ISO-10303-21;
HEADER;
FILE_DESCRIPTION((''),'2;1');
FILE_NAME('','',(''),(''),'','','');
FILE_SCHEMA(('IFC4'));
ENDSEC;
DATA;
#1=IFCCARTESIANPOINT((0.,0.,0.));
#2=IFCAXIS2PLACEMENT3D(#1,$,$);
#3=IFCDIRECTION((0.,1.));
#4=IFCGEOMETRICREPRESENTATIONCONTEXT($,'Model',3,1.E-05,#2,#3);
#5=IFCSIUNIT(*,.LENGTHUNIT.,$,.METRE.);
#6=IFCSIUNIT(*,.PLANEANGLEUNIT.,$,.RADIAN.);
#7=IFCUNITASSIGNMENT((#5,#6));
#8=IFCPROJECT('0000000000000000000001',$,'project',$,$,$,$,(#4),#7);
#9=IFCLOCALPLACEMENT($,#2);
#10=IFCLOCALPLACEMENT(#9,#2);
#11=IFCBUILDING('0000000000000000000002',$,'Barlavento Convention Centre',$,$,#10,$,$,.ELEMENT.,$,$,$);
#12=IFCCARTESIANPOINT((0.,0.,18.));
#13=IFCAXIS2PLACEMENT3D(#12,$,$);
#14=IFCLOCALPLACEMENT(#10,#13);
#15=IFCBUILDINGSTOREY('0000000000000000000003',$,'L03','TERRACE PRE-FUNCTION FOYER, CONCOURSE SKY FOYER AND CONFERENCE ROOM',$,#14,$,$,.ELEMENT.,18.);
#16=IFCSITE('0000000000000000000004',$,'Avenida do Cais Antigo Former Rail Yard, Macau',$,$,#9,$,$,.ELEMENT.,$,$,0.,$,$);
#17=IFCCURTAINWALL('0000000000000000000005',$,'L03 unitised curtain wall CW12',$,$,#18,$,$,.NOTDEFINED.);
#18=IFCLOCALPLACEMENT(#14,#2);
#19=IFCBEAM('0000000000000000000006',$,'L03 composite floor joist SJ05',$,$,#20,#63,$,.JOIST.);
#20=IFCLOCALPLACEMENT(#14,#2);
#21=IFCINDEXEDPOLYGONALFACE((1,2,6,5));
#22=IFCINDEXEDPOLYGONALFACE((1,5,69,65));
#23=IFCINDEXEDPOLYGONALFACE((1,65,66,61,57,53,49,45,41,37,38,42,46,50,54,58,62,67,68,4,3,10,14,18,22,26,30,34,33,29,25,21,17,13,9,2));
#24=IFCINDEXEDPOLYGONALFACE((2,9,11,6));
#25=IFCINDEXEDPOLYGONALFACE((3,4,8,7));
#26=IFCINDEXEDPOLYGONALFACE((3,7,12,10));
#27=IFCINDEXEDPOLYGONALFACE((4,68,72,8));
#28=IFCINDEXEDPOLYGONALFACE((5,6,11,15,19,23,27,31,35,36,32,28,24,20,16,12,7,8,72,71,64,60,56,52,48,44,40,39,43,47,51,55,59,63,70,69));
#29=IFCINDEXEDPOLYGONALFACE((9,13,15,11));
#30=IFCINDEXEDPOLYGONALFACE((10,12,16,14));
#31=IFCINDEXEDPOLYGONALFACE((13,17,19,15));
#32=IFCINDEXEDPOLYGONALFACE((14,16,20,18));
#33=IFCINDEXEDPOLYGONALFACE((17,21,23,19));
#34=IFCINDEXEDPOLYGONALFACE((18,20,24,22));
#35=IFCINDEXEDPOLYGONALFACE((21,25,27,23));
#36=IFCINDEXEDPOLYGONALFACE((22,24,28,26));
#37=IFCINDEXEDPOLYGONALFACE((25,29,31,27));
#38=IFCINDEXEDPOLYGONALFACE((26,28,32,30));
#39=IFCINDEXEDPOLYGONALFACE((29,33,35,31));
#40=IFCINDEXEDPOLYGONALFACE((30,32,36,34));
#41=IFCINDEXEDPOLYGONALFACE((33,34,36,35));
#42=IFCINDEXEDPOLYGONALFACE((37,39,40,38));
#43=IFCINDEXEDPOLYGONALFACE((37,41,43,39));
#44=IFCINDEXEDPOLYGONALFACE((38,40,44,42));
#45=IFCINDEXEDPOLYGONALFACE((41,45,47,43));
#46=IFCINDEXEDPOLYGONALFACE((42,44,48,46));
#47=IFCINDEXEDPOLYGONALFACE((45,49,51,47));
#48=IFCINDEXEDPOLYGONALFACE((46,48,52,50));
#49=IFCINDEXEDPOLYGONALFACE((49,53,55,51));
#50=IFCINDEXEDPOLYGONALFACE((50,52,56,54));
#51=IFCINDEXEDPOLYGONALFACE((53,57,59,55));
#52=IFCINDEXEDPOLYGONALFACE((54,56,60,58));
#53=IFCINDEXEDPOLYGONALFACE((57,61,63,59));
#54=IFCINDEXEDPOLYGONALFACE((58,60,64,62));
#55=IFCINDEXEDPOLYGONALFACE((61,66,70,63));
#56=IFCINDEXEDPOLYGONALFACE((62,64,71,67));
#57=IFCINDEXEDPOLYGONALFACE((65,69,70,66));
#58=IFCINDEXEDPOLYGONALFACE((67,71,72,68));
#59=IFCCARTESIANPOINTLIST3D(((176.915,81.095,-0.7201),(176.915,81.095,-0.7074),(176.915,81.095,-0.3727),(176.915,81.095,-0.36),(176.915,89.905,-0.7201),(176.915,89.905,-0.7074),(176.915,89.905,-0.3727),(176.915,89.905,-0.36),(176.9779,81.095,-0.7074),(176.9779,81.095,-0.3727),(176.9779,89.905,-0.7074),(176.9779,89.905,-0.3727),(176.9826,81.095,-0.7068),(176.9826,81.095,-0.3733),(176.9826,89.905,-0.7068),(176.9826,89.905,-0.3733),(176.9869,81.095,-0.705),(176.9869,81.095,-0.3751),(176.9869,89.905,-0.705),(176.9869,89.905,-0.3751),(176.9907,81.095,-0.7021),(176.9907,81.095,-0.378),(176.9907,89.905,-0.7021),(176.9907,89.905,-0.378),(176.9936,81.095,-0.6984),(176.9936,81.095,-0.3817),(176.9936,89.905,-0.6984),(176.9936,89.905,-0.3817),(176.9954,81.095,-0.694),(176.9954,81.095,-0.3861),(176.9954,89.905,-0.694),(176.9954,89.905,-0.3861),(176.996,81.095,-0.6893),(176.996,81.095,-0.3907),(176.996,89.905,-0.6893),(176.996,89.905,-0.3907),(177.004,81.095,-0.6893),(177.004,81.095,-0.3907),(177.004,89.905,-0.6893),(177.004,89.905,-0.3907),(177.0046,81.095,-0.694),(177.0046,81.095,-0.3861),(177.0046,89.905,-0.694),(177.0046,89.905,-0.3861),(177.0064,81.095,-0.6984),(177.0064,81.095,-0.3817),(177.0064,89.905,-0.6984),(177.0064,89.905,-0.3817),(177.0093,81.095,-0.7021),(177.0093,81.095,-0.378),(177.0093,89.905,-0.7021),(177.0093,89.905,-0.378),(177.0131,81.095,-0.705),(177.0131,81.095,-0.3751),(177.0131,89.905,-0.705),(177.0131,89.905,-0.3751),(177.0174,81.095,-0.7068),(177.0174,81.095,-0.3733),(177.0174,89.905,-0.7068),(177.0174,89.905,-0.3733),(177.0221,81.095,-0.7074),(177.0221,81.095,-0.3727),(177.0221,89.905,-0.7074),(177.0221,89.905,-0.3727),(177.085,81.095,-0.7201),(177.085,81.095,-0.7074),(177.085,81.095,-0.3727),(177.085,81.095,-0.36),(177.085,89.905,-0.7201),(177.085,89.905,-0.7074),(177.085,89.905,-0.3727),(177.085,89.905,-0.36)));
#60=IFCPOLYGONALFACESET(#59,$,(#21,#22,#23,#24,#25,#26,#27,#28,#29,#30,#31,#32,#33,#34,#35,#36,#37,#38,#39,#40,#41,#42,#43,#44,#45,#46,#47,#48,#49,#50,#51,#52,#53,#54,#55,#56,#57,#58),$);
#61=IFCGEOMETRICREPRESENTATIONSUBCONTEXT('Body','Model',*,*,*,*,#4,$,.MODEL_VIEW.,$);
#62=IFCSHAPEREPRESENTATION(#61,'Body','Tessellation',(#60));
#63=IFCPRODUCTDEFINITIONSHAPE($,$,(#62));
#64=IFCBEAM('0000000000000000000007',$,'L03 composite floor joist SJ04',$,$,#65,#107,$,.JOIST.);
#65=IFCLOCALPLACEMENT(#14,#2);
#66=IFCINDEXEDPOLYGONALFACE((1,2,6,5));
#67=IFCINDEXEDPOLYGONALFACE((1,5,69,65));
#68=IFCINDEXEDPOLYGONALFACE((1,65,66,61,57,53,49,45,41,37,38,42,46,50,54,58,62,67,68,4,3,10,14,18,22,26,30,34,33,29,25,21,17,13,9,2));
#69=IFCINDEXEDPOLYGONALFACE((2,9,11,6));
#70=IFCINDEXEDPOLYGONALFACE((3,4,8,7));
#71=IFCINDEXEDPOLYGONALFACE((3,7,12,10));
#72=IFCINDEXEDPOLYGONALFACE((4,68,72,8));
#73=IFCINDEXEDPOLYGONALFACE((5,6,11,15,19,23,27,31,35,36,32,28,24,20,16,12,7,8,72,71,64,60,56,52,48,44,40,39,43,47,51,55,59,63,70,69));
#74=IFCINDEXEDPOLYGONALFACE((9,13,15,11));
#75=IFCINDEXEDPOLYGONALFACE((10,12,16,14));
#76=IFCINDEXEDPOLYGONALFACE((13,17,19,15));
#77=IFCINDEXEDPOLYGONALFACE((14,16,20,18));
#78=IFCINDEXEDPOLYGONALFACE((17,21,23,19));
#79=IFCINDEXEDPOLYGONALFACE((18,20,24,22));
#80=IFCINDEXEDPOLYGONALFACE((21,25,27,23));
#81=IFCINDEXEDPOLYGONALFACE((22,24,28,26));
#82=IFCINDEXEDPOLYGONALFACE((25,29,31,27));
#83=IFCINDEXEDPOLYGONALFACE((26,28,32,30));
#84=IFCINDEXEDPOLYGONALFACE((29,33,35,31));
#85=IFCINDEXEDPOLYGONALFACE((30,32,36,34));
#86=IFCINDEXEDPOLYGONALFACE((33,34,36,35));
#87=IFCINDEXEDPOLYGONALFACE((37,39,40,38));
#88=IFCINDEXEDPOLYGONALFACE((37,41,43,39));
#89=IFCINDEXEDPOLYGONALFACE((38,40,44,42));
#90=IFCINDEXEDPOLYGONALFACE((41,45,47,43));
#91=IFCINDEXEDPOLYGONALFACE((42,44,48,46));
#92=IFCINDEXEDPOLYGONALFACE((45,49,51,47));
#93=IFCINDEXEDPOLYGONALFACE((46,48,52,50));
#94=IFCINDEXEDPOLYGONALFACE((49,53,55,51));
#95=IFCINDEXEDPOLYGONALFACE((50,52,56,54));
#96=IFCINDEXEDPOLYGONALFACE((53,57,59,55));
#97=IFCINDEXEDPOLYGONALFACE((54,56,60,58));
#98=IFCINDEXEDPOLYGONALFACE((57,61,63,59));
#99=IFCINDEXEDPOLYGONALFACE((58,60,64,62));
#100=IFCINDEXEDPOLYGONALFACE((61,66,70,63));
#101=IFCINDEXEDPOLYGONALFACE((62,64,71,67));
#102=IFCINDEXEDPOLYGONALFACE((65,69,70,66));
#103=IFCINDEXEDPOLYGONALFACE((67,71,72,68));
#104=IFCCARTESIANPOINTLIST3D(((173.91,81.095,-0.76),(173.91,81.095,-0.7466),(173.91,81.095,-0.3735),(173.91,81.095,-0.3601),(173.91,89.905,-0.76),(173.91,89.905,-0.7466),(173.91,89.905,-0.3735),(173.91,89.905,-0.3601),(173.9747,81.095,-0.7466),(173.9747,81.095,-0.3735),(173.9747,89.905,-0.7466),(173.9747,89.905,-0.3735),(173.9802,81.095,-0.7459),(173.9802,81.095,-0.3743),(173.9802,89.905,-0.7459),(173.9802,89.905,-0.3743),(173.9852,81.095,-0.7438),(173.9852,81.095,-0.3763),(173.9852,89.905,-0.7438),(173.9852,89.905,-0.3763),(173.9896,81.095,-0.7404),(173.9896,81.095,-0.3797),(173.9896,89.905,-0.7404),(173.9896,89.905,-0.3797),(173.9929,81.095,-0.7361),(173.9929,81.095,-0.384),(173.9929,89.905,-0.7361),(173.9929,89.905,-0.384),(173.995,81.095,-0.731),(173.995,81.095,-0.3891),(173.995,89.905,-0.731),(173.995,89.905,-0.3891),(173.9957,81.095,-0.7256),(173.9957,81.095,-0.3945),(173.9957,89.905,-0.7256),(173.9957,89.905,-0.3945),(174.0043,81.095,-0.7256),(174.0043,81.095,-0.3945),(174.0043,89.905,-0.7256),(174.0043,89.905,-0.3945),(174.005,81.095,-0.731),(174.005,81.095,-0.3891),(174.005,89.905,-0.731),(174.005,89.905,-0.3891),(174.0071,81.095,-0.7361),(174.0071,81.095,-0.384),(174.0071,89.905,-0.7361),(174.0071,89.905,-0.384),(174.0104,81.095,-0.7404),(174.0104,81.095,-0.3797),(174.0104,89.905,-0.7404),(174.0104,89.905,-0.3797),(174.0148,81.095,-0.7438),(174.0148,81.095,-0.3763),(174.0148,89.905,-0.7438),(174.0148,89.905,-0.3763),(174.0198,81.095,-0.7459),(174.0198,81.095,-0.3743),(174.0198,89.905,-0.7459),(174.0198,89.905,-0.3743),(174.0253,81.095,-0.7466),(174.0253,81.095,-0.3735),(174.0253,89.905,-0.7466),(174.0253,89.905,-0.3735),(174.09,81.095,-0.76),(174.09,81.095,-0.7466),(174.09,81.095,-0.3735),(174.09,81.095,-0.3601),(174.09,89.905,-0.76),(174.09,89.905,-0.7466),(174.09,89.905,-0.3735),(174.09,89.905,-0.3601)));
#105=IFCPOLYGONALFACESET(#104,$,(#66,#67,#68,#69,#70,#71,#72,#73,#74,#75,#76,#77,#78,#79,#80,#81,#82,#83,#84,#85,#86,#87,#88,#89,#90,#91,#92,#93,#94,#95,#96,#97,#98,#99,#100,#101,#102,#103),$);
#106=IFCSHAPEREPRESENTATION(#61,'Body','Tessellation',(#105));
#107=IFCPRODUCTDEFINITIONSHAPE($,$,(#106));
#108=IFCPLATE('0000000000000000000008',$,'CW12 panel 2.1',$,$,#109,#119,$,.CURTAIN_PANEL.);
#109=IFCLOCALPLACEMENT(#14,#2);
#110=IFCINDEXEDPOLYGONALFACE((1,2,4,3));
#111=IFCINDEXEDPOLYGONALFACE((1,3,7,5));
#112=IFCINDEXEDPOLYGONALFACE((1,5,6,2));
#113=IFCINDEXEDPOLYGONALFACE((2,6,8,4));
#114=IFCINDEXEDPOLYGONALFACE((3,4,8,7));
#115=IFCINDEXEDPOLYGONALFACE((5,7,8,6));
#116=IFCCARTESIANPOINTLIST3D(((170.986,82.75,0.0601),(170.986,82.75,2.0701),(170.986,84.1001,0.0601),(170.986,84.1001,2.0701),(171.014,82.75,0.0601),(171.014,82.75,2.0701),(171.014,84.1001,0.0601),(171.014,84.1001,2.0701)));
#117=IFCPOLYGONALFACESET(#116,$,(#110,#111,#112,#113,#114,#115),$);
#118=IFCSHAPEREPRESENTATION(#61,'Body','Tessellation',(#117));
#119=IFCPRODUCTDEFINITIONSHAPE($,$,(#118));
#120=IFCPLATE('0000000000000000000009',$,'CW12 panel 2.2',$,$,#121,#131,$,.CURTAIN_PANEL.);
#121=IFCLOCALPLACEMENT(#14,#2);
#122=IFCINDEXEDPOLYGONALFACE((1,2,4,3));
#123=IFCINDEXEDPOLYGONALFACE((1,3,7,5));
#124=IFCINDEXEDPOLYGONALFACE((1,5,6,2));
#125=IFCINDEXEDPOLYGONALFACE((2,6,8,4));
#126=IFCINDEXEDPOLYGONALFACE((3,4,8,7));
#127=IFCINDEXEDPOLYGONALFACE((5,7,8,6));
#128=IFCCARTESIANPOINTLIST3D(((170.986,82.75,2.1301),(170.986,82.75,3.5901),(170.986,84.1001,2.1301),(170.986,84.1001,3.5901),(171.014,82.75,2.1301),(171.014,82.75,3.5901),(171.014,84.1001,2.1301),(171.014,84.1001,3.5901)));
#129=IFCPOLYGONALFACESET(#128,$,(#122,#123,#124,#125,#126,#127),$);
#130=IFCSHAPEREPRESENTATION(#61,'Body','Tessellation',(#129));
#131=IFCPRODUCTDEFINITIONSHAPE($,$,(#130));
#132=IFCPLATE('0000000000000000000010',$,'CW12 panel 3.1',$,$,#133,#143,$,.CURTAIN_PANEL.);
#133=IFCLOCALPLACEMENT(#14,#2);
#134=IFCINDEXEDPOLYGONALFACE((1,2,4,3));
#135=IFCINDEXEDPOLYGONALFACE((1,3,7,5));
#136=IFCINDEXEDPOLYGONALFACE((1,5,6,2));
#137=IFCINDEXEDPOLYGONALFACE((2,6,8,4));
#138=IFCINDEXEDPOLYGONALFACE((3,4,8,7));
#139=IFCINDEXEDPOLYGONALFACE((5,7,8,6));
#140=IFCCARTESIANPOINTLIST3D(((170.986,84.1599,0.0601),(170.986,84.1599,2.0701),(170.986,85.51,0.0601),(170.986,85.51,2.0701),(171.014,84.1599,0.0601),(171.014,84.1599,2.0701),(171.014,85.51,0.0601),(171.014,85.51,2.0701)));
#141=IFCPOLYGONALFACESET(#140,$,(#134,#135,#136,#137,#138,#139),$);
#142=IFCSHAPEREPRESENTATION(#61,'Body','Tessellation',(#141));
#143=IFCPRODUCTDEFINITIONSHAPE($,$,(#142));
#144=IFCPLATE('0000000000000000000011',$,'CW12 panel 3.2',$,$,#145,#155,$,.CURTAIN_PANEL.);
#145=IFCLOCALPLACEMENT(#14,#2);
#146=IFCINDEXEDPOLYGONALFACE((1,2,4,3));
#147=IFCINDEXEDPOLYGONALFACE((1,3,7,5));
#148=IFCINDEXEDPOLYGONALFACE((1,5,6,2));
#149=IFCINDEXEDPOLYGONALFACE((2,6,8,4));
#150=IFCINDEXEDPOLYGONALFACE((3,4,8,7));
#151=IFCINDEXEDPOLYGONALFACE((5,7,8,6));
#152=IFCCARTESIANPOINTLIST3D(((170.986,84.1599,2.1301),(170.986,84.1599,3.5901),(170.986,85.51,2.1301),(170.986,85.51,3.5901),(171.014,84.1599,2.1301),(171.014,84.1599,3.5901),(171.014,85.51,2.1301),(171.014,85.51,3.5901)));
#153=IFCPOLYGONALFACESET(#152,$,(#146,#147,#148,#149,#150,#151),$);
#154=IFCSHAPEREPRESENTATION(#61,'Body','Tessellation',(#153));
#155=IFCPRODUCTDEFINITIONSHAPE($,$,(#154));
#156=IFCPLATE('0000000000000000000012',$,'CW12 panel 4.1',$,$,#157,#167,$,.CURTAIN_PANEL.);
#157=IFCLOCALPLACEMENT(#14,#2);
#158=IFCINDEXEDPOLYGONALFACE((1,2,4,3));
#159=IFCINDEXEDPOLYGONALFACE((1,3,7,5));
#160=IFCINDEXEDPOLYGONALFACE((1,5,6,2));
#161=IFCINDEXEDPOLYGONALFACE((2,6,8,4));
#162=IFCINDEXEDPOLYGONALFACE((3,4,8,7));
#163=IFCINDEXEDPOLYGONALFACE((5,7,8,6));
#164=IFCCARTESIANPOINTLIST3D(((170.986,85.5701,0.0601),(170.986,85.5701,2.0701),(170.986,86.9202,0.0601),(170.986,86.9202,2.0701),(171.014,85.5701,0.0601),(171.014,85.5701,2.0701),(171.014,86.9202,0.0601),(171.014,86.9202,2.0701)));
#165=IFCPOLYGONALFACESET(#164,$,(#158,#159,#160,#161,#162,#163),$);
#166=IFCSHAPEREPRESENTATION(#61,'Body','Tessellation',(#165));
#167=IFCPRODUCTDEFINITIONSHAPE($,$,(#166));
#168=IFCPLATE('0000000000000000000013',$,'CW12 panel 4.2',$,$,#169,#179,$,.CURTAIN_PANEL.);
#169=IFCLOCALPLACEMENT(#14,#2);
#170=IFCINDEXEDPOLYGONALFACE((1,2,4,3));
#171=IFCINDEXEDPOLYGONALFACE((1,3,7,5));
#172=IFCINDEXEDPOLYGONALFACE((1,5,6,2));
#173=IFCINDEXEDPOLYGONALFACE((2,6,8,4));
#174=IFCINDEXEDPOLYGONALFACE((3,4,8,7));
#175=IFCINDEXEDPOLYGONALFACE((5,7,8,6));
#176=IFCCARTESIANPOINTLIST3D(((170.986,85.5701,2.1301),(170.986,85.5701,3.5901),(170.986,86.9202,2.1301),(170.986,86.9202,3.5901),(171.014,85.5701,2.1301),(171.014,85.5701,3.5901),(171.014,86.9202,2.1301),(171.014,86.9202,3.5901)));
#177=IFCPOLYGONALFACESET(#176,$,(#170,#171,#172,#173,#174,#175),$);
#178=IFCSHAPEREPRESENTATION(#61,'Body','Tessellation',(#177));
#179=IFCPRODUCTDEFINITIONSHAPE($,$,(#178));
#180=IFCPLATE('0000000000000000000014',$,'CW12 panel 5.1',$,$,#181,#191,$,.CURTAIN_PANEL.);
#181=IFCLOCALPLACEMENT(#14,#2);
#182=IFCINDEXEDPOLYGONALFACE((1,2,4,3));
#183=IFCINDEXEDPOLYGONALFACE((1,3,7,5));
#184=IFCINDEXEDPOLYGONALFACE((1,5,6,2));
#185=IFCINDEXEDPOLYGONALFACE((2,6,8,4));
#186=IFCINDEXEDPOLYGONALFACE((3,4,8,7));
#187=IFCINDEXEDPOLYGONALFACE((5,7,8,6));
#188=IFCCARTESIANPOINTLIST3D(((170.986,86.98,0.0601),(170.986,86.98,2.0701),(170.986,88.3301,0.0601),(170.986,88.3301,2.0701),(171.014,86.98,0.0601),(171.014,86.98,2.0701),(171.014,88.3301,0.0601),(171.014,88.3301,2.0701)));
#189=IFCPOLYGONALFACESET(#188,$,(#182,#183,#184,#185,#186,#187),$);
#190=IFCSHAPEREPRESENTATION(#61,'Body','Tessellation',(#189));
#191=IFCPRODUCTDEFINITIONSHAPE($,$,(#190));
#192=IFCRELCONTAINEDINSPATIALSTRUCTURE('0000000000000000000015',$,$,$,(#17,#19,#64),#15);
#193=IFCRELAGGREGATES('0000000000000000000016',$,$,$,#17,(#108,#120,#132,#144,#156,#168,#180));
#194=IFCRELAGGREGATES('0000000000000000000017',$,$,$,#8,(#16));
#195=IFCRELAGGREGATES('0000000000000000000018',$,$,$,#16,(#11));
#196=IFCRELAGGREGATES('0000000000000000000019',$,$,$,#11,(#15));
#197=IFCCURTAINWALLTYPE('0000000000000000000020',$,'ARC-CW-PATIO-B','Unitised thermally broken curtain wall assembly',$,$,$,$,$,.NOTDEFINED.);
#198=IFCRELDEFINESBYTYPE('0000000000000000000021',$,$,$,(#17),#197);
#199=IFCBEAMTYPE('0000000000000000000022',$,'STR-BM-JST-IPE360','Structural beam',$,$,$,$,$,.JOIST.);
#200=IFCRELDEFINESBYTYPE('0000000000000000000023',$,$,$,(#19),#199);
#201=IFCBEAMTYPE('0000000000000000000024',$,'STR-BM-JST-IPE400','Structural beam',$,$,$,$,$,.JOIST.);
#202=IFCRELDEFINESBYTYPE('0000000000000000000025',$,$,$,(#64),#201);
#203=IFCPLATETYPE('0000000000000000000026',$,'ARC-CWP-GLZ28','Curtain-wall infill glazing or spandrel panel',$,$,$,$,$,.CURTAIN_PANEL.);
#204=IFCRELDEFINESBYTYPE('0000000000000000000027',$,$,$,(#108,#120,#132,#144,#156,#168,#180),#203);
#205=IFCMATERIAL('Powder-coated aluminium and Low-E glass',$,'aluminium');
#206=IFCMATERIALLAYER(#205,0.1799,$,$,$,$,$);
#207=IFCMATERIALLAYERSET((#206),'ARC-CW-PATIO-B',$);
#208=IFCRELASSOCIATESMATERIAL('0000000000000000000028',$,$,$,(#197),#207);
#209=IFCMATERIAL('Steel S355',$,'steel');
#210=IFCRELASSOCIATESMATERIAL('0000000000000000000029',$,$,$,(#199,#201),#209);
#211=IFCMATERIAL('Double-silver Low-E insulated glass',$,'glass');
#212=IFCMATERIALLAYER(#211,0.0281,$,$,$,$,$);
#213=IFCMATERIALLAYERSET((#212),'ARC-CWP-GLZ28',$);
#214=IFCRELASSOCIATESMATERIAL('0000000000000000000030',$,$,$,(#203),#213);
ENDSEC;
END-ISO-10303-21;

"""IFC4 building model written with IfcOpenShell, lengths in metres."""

from ifc_helpers import new_model, si_unit, direction, frame, origin, origin_2d, place, context, subcontext, project, spatial, rectangle, i_section, extrude, material, layer, layer_set, material_profile, profile_set, type_object, element, aggregate, save


model = new_model("IFC4")

# Units and contexts
model_context = context("Model", 3, precision=1e-05, world=origin(), true_north=direction((0.0, 1.0)))
body_context = subcontext(model_context, "Body", "Model", "MODEL_VIEW")
ifc_project = project(units=[si_unit("LENGTHUNIT", "METRE"), si_unit("PLANEANGLEUNIT", "RADIAN")], contexts=[model_context])

# Site, building, storey
site_placement = place(None, origin())
site = spatial("IfcSite", under=ifc_project, at=site_placement, Name="Avenida do Cais Antigo Former Rail Yard, Macau", CompositionType="ELEMENT", RefElevation=0.0)
building_placement = place(site_placement, origin())
building = spatial("IfcBuilding", under=site, at=building_placement, Name="Barlavento Convention Centre", CompositionType="ELEMENT")
storey_placement = place(building_placement, frame((0.0, 0.0, 18.0)))
storey = spatial("IfcBuildingStorey", under=building, at=storey_placement, Name="L03", Description="TERRACE PRE-FUNCTION FOYER, CONCOURSE SKY FOYER AND CONFERENCE ROOM", CompositionType="ELEMENT", Elevation=18.0)

# Curtain wall
ifc_material_1 = material(Name="Powder-coated aluminium and Low-E glass", Category="aluminium")
ifc_layer_1 = layer(ifc_material_1, 0.1799)
ifc_layer_set_1 = layer_set([ifc_layer_1], Name="ARC-CW-PATIO-B")
curtain_wall_type = type_object("IfcCurtainWallType", Name="ARC-CW-PATIO-B", Description="Unitised thermally broken curtain wall assembly", PredefinedType="NOTDEFINED", material=ifc_layer_set_1)
curtain_wall_placement = place(storey_placement, origin())
curtain_wall = element("IfcCurtainWall", 1, at=curtain_wall_placement, inside=storey, type_object=curtain_wall_type, Name="L03 unitised curtain wall CW12", PredefinedType="NOTDEFINED")

# Beams
ifc_material_2 = material(Name="Steel S355", Category="steel")
ifc_material_profile_1 = material_profile(ifc_material_2, i_section(OverallWidth=0.1699, OverallDepth=0.3601, WebThickness=0.0081, FlangeThickness=0.0127, FilletRadius=0.0181, at=origin_2d()), Name="IPE 360")
ifc_profile_set_1 = profile_set([ifc_material_profile_1], Name="Steel S355")
beam_type_1 = type_object("IfcBeamType", Name="STR-BM-JST-IPE360", Description="Structural beam", PredefinedType="JOIST", material=ifc_profile_set_1)
beam_1_placement = place(storey_placement, frame((177.0, 81.095, -0.54), z_axis=(0.0, 1.0, 0.0), x_axis=(-1.0, 0.0, 0.0)))
element("IfcBeam", 2, at=beam_1_placement, inside=storey, type_object=beam_type_1, Name="L03 composite floor joist SJ05", PredefinedType="JOIST", context=body_context, shape_type="SweptSolid", body=[
    extrude(i_section(OverallWidth=0.1699, OverallDepth=0.3601, WebThickness=0.0081, FlangeThickness=0.0127, FilletRadius=0.0181, at=origin_2d()), origin(), (0.0, 0.0, 1.0), 8.8101),
])
ifc_material_profile_2 = material_profile(ifc_material_2, i_section(OverallWidth=0.1799, OverallDepth=0.3999, WebThickness=0.0085, FlangeThickness=0.0134, FilletRadius=0.021, at=origin_2d()), Name="IPE 400")
ifc_profile_set_2 = profile_set([ifc_material_profile_2], Name="Steel S355")
beam_type_2 = type_object("IfcBeamType", Name="STR-BM-JST-IPE400", Description="Structural beam", PredefinedType="JOIST", material=ifc_profile_set_2)
beam_2_placement = place(storey_placement, frame((174.0, 81.095, -0.5601), z_axis=(0.0, 1.0, 0.0), x_axis=(-1.0, 0.0, 0.0)))
element("IfcBeam", 3, at=beam_2_placement, inside=storey, type_object=beam_type_2, Name="L03 composite floor joist SJ04", PredefinedType="JOIST", context=body_context, shape_type="SweptSolid", body=[
    extrude(i_section(OverallWidth=0.1799, OverallDepth=0.3999, WebThickness=0.0085, FlangeThickness=0.0134, FilletRadius=0.021, at=origin_2d()), origin(), (0.0, 0.0, 1.0), 8.8101),
])

# Plates
ifc_material_3 = material(Name="Double-silver Low-E insulated glass", Category="glass")
ifc_layer_2 = layer(ifc_material_3, 0.0281)
ifc_layer_set_2 = layer_set([ifc_layer_2], Name="ARC-CWP-GLZ28")
plate_type = type_object("IfcPlateType", Name="ARC-CWP-GLZ28", Description="Curtain-wall infill glazing or spandrel panel", PredefinedType="CURTAIN_PANEL", material=ifc_layer_set_2)
plate_1_placement = place(storey_placement, frame((171.0, 83.425, 0.0601), z_axis=(0.0, 0.0, 1.0), x_axis=(0.0, 1.0, 0.0)))
plate_1 = element("IfcPlate", 4, at=plate_1_placement, type_object=plate_type, Name="CW12 panel 2.1", PredefinedType="CURTAIN_PANEL", context=body_context, shape_type="SweptSolid", body=[
    extrude(rectangle(XDim=1.3501, YDim=0.0281, at=origin_2d()), origin(), (0.0, 0.0, 1.0), 2.01),
])
plate_2_placement = place(storey_placement, frame((171.0, 83.425, 2.1301), z_axis=(0.0, 0.0, 1.0), x_axis=(0.0, 1.0, 0.0)))
plate_2 = element("IfcPlate", 5, at=plate_2_placement, type_object=plate_type, Name="CW12 panel 2.2", PredefinedType="CURTAIN_PANEL", context=body_context, shape_type="SweptSolid", body=[
    extrude(rectangle(XDim=1.3501, YDim=0.0281, at=origin_2d()), origin(), (0.0, 0.0, 1.0), 1.46),
])
plate_3_placement = place(storey_placement, frame((171.0, 84.835, 0.0601), z_axis=(0.0, 0.0, 1.0), x_axis=(0.0, 1.0, 0.0)))
plate_3 = element("IfcPlate", 6, at=plate_3_placement, type_object=plate_type, Name="CW12 panel 3.1", PredefinedType="CURTAIN_PANEL", context=body_context, shape_type="SweptSolid", body=[
    extrude(rectangle(XDim=1.3501, YDim=0.0281, at=origin_2d()), origin(), (0.0, 0.0, 1.0), 2.01),
])
plate_4_placement = place(storey_placement, frame((171.0, 84.835, 2.1301), z_axis=(0.0, 0.0, 1.0), x_axis=(0.0, 1.0, 0.0)))
plate_4 = element("IfcPlate", 7, at=plate_4_placement, type_object=plate_type, Name="CW12 panel 3.2", PredefinedType="CURTAIN_PANEL", context=body_context, shape_type="SweptSolid", body=[
    extrude(rectangle(XDim=1.3501, YDim=0.0281, at=origin_2d()), origin(), (0.0, 0.0, 1.0), 1.46),
])
plate_5_placement = place(storey_placement, frame((171.0, 86.2451, 0.0601), z_axis=(0.0, 0.0, 1.0), x_axis=(0.0, 1.0, 0.0)))
plate_5 = element("IfcPlate", 8, at=plate_5_placement, type_object=plate_type, Name="CW12 panel 4.1", PredefinedType="CURTAIN_PANEL", context=body_context, shape_type="SweptSolid", body=[
    extrude(rectangle(XDim=1.3501, YDim=0.0281, at=origin_2d()), origin(), (0.0, 0.0, 1.0), 2.01),
])
plate_6_placement = place(storey_placement, frame((171.0, 86.2451, 2.1301), z_axis=(0.0, 0.0, 1.0), x_axis=(0.0, 1.0, 0.0)))
plate_6 = element("IfcPlate", 9, at=plate_6_placement, type_object=plate_type, Name="CW12 panel 4.2", PredefinedType="CURTAIN_PANEL", context=body_context, shape_type="SweptSolid", body=[
    extrude(rectangle(XDim=1.3501, YDim=0.0281, at=origin_2d()), origin(), (0.0, 0.0, 1.0), 1.46),
])
plate_7_placement = place(storey_placement, frame((171.0, 87.655, 0.0601), z_axis=(0.0, 0.0, 1.0), x_axis=(0.0, 1.0, 0.0)))
plate_7 = element("IfcPlate", 10, at=plate_7_placement, type_object=plate_type, Name="CW12 panel 5.1", PredefinedType="CURTAIN_PANEL", context=body_context, shape_type="SweptSolid", body=[
    extrude(rectangle(XDim=1.3501, YDim=0.0281, at=origin_2d()), origin(), (0.0, 0.0, 1.0), 2.01),
])
aggregate(curtain_wall, [plate_1, plate_2, plate_3, plate_4, plate_5, plate_6, plate_7])

save(model, "model.ifc")
